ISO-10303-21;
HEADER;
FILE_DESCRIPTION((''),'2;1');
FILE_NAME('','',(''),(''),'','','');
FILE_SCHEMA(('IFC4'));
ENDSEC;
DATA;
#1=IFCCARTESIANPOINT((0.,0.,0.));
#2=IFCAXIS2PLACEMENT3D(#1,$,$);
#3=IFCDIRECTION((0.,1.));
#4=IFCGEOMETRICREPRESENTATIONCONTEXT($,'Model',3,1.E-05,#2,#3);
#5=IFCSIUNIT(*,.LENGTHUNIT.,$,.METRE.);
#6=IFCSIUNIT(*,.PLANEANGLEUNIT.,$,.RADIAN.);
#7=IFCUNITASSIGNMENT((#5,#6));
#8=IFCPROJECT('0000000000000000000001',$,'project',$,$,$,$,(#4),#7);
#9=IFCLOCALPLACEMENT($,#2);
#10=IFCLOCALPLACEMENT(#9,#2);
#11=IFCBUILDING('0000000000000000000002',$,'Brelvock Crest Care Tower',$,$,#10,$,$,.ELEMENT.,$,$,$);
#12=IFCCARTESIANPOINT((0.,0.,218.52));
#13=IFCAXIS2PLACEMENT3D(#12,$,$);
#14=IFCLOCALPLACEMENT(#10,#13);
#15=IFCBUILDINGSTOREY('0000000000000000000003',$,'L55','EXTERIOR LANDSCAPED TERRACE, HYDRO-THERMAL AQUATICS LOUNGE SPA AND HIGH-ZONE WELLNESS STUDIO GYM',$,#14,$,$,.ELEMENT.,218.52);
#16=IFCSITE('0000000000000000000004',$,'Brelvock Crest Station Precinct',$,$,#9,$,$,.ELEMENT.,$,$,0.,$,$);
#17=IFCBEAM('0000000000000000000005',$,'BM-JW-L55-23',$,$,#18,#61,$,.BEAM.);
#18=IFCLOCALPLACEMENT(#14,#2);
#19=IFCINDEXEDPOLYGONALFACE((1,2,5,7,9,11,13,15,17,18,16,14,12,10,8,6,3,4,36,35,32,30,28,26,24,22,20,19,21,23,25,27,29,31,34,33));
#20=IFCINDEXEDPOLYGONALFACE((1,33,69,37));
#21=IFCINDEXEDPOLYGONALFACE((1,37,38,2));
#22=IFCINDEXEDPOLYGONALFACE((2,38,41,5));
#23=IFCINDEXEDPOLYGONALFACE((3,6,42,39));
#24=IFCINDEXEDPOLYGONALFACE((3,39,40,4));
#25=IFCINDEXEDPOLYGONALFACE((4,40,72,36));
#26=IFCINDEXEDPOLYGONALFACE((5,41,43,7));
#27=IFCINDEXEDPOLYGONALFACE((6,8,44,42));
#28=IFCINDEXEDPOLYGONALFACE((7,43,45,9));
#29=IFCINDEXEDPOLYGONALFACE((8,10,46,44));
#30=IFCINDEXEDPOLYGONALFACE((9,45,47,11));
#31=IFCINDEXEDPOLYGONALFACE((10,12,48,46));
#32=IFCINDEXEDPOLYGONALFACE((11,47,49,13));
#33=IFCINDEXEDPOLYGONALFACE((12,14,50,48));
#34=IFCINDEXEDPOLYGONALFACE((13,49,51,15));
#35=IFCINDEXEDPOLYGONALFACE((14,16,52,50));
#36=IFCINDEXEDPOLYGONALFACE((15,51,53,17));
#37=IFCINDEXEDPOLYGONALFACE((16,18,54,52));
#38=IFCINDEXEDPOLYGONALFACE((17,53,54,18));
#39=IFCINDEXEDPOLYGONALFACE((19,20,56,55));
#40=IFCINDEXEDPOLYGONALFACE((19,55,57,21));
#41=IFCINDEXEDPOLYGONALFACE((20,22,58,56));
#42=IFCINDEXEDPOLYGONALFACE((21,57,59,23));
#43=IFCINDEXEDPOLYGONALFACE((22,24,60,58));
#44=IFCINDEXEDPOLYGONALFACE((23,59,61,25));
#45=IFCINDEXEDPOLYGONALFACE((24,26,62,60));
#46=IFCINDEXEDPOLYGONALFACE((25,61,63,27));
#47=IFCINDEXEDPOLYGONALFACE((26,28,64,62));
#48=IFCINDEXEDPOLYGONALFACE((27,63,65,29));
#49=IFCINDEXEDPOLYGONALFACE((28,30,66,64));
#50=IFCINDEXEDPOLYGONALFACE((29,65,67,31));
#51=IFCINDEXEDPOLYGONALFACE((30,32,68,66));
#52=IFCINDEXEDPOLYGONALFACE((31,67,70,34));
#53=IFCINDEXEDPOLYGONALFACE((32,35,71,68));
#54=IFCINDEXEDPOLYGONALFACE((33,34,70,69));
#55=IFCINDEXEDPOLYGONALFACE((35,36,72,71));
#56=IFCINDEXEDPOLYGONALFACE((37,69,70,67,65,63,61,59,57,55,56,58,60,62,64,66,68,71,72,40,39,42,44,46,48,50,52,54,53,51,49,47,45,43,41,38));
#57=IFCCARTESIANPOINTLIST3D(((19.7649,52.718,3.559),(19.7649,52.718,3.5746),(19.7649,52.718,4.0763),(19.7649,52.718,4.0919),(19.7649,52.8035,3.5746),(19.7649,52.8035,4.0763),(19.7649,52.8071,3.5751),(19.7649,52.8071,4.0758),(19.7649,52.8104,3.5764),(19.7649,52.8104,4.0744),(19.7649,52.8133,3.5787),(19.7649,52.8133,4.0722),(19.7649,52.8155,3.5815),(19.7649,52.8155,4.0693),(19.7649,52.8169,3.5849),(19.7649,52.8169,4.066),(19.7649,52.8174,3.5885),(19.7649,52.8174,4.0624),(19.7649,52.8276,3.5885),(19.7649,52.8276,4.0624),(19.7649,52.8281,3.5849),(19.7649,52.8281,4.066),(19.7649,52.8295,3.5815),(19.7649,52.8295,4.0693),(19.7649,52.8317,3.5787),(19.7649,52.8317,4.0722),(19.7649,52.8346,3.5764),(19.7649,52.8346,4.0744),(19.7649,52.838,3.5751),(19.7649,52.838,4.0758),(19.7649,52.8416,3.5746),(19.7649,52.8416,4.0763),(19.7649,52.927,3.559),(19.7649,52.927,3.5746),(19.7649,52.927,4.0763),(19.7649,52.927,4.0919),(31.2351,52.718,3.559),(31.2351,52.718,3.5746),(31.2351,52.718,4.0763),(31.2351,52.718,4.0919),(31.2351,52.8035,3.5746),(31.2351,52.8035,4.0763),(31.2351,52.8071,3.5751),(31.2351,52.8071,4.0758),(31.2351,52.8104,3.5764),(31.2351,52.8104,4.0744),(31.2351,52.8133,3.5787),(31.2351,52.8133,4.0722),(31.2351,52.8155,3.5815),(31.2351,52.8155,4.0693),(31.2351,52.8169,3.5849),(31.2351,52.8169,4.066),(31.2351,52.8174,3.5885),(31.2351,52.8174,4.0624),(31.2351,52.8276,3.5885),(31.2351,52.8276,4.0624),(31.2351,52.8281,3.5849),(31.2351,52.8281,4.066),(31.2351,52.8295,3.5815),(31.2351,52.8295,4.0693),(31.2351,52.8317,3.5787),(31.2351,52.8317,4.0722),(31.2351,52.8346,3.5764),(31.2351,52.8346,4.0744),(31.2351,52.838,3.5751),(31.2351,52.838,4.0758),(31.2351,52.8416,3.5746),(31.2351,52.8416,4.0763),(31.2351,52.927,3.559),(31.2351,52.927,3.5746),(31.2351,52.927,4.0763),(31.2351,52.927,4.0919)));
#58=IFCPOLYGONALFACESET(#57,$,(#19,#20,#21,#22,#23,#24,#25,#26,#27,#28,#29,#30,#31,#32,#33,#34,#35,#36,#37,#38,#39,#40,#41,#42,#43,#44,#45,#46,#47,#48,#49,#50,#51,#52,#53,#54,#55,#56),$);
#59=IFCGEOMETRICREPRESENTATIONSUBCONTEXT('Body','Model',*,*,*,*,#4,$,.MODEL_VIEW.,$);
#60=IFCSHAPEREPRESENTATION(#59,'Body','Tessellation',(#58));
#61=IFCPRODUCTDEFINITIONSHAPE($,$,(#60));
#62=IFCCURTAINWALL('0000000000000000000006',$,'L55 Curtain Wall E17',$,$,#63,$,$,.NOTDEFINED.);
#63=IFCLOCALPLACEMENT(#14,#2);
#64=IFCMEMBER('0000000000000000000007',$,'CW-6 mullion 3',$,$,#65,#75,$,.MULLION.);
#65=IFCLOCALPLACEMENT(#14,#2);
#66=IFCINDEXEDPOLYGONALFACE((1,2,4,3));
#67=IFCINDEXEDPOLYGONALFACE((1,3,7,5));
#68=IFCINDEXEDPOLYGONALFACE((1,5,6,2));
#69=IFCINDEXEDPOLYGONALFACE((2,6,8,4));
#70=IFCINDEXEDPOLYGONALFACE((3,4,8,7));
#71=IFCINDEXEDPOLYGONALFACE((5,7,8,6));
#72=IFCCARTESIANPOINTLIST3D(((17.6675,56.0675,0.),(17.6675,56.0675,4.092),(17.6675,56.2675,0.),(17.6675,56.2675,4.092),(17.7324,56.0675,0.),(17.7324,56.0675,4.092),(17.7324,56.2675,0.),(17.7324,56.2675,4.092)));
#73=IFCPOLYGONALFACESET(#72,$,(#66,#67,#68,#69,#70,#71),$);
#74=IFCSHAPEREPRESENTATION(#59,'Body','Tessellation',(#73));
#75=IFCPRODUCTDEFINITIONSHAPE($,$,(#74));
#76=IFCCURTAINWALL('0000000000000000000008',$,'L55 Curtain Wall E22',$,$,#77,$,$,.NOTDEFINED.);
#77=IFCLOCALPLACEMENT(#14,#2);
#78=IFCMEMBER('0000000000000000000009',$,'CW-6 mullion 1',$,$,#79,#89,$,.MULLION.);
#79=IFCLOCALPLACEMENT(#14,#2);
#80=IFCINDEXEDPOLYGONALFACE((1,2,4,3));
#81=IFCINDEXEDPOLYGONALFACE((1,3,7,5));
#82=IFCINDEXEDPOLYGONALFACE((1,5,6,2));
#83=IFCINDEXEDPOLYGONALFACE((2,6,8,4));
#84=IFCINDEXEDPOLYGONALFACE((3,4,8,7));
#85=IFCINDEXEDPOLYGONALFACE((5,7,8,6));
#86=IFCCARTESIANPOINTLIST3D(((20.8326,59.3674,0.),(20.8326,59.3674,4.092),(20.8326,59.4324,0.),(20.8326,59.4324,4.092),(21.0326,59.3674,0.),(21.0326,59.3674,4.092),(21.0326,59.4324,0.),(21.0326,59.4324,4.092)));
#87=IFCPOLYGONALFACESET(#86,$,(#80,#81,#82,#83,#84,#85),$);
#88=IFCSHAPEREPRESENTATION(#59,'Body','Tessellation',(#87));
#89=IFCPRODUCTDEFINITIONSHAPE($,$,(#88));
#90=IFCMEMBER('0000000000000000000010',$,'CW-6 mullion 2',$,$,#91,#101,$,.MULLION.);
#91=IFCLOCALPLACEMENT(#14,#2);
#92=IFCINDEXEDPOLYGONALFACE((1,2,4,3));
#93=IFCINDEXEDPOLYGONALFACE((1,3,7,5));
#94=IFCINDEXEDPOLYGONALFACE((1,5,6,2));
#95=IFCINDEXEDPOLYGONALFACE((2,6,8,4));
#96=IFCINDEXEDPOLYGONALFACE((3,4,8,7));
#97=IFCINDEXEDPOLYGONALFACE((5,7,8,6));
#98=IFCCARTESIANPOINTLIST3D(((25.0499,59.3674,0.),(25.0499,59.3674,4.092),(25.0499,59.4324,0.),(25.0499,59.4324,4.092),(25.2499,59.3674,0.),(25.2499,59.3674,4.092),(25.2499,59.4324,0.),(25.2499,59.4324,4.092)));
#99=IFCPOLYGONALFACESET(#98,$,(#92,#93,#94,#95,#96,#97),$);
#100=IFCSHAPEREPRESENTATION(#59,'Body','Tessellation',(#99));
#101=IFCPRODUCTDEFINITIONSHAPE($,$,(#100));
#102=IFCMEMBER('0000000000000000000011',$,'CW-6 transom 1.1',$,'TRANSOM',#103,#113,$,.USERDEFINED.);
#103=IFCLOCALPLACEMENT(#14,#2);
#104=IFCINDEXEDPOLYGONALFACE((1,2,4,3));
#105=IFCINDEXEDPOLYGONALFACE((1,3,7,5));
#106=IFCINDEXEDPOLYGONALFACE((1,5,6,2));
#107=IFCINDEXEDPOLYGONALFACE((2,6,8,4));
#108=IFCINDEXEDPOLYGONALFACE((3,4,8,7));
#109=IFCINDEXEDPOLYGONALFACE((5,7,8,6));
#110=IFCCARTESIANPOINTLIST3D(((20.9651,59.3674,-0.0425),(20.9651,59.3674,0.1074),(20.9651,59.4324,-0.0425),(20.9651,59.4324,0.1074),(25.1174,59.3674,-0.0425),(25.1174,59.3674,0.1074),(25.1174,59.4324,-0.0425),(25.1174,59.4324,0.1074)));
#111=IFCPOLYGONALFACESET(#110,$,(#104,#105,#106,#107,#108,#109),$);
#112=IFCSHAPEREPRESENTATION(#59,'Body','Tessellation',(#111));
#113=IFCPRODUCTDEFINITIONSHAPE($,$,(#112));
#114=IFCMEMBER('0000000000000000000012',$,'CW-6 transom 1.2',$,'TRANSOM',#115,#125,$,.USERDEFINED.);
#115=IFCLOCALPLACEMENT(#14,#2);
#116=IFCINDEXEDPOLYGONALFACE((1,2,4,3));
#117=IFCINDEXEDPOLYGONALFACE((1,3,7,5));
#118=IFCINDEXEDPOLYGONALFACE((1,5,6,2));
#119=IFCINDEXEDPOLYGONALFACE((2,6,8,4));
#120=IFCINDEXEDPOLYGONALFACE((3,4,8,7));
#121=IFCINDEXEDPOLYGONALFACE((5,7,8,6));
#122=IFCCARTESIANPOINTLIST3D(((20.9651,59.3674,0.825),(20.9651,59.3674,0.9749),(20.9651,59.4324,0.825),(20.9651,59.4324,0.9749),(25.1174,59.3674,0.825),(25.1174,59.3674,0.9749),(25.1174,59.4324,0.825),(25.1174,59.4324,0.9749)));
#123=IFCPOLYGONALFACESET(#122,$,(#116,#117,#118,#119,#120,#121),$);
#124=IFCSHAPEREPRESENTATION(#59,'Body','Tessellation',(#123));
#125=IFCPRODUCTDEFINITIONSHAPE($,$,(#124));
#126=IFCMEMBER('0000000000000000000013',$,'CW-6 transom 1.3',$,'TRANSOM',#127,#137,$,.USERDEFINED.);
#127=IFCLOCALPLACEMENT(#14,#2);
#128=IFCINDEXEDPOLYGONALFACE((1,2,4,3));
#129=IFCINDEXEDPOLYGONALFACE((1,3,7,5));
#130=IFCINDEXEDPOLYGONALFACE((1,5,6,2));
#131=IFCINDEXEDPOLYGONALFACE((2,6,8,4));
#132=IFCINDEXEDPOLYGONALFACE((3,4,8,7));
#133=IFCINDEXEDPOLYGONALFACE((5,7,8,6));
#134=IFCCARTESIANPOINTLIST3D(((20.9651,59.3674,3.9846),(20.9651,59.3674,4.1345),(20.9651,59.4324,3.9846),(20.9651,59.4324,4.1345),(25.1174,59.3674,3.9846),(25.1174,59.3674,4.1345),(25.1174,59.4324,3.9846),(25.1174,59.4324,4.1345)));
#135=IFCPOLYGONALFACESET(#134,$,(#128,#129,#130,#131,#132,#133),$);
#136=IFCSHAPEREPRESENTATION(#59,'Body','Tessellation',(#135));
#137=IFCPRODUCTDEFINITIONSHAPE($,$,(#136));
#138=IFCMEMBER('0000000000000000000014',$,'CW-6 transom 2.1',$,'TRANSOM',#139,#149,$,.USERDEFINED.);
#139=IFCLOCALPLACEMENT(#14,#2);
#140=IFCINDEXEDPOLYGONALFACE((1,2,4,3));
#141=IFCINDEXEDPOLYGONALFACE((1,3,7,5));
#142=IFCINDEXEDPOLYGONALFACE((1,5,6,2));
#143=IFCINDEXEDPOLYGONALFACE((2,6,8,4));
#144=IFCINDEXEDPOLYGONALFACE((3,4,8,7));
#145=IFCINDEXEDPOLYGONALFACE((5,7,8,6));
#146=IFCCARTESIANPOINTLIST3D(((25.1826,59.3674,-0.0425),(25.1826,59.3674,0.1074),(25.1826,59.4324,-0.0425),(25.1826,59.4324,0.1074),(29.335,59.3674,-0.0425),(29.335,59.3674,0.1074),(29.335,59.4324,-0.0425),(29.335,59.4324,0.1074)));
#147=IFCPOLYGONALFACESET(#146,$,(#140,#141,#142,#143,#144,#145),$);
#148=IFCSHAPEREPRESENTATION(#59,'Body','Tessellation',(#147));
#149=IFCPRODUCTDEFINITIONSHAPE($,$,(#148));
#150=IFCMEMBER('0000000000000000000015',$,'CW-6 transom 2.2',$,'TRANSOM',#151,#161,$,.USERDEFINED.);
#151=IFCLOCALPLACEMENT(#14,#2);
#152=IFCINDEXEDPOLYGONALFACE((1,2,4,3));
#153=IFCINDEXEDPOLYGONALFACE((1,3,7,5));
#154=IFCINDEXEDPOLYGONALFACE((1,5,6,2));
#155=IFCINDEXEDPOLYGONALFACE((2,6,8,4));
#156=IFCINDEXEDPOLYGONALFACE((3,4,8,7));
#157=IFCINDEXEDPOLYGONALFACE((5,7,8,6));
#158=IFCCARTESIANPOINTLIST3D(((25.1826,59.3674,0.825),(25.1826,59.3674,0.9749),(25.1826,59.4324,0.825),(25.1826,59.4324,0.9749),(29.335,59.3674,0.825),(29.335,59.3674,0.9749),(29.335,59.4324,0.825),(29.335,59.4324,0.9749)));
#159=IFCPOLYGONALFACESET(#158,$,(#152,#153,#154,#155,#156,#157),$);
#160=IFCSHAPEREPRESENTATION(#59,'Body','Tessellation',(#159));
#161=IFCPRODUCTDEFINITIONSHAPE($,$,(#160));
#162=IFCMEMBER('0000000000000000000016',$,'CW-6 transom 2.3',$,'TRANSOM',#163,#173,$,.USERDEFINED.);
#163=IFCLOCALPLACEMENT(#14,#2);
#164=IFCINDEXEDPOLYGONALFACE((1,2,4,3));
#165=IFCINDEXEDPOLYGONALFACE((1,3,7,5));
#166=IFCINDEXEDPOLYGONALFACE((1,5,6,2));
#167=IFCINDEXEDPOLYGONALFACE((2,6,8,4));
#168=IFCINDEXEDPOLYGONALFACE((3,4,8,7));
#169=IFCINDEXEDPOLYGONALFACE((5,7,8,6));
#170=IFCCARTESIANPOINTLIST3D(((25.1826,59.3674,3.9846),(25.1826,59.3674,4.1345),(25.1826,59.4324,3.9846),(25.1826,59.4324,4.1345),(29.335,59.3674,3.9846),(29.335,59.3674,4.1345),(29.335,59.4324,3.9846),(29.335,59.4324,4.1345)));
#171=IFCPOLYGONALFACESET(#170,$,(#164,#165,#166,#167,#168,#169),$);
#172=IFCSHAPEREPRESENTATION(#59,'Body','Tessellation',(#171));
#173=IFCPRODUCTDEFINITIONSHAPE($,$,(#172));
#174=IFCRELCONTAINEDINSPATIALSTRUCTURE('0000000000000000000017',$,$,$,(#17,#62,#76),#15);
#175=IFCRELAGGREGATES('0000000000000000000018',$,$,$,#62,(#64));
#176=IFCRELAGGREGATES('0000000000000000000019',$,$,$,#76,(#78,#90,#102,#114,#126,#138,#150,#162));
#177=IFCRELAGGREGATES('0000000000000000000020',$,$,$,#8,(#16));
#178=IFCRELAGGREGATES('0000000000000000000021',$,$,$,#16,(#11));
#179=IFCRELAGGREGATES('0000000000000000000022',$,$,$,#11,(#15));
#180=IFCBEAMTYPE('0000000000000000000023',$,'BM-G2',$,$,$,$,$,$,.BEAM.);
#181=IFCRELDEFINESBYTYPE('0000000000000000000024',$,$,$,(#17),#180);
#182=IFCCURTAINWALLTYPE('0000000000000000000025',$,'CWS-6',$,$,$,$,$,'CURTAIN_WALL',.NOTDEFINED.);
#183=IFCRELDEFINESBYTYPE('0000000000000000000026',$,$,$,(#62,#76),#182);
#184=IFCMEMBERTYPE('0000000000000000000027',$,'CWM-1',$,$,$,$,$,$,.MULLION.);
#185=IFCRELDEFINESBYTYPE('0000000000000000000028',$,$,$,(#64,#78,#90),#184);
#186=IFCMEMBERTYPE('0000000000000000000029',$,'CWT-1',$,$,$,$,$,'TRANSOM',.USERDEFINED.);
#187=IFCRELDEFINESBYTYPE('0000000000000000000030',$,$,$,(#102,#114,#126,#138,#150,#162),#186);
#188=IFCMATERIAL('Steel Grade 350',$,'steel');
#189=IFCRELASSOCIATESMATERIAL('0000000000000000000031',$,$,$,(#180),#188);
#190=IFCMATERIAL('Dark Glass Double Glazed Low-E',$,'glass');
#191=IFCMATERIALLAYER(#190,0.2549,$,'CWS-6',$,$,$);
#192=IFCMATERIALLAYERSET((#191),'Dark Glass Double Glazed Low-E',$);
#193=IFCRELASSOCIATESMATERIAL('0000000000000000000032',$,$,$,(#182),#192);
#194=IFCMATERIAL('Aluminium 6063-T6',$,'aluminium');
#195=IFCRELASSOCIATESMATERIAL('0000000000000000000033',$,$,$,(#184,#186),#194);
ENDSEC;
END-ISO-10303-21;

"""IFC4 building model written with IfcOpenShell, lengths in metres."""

from ifc_helpers import new_model, si_unit, direction, frame, origin, origin_2d, place, context, subcontext, project, spatial, rectangle, i_section, extrude, source, transform, mapped, material, layer, layer_set, material_profile, profile_set, type_object, element, aggregate, save


model = new_model("IFC4")

# Units and contexts
model_context = context("Model", 3, precision=1e-05, world=origin(), true_north=direction((0.0, 1.0)))
body_context = subcontext(model_context, "Body", "Model", "MODEL_VIEW")
ifc_project = project(units=[si_unit("LENGTHUNIT", "METRE"), si_unit("PLANEANGLEUNIT", "RADIAN")], contexts=[model_context])

# Site, building, storey
site_placement = place(None, origin())
site = spatial("IfcSite", under=ifc_project, at=site_placement, Name="Brelvock Crest Station Precinct", CompositionType="ELEMENT", RefElevation=0.0)
building_placement = place(site_placement, origin())
building = spatial("IfcBuilding", under=site, at=building_placement, Name="Brelvock Crest Care Tower", CompositionType="ELEMENT")
storey_placement = place(building_placement, frame((0.0, 0.0, 218.52)))
storey = spatial("IfcBuildingStorey", under=building, at=storey_placement, Name="L55", Description="EXTERIOR LANDSCAPED TERRACE, HYDRO-THERMAL AQUATICS LOUNGE SPA AND HIGH-ZONE WELLNESS STUDIO GYM", CompositionType="ELEMENT", Elevation=218.52)

# Beam
ifc_material_1 = material(Name="Steel Grade 350", Category="steel")
ifc_material_profile_1 = material_profile(ifc_material_1, i_section(OverallWidth=0.209, OverallDepth=0.533, WebThickness=0.0103, FlangeThickness=0.0156, FilletRadius=0.0139, at=origin_2d()), Name="530UB92.4")
ifc_profile_set_1 = profile_set([ifc_material_profile_1], Name="Steel Grade 350")
beam_type_1 = type_object("IfcBeamType", Name="BM-G2", PredefinedType="BEAM", material=ifc_profile_set_1)
shared_shape_1 = source(origin(), body_context, "Body", "SweptSolid", [
    extrude(i_section(OverallWidth=0.209, OverallDepth=0.533, WebThickness=0.0103, FlangeThickness=0.0156, FilletRadius=0.0139, at=origin_2d()), origin(), (0.0, 0.0, 1.0), 11.4702),
])
for number, where, z_axis, x_axis, name in (
    (1, (19.7649, 52.8225, 3.8254), (1.0, 0.0, 0.0), (0.0, 1.0, 0.0), "BM-JW-L55-23"),
):
    element("IfcBeam", number, at=place(storey_placement, frame(where, z_axis=z_axis, x_axis=x_axis)), inside=storey, type_object=beam_type_1, Name=name, PredefinedType="BEAM", context=body_context, shape_type="MappedRepresentation", body=[
        mapped(shared_shape_1, transform((0.0, 0.0, 0.0), x_axis=(1.0, 0.0, 0.0), y_axis=(0.0, 1.0, 0.0), z_axis=(0.0, 0.0, 1.0), scale=1.0)),
    ])

# Curtain wall, member
ifc_material_2 = material(Name="Dark Glass Double Glazed Low-E", Category="glass")
ifc_layer_1 = layer(ifc_material_2, 0.2549, Name="CWS-6")
ifc_layer_set_1 = layer_set([ifc_layer_1], Name="Dark Glass Double Glazed Low-E")
curtain_wall_type = type_object("IfcCurtainWallType", Name="CWS-6", ElementType="CURTAIN_WALL", PredefinedType="NOTDEFINED", material=ifc_layer_set_1)
curtain_wall_1_placement = place(storey_placement, origin())
curtain_wall_1 = element("IfcCurtainWall", 2, at=curtain_wall_1_placement, inside=storey, type_object=curtain_wall_type, Name="L55 Curtain Wall E17", PredefinedType="NOTDEFINED")
ifc_material_3 = material(Name="Aluminium 6063-T6", Category="aluminium")
ifc_material_profile_2 = material_profile(ifc_material_3, rectangle(XDim=0.0649, YDim=0.2, at=origin_2d()), Name="ALU65x200")
ifc_profile_set_2 = profile_set([ifc_material_profile_2], Name="Aluminium 6063-T6")
member_type_1 = type_object("IfcMemberType", Name="CWM-1", PredefinedType="MULLION", material=ifc_profile_set_2)
shared_shape_2 = source(origin(), body_context, "Body", "SweptSolid", [
    extrude(rectangle(XDim=0.0649, YDim=0.2, at=origin_2d()), origin(), (0.0, 0.0, 1.0), 4.092),
])
member_1_placement = place(storey_placement, frame((17.7, 56.1675, 0.0), z_axis=(0.0, 0.0, 1.0), x_axis=(-1.0, 0.0, 0.0)))
member_1 = element("IfcMember", 3, at=member_1_placement, type_object=member_type_1, Name="CW-6 mullion 3", PredefinedType="MULLION", context=body_context, shape_type="MappedRepresentation", body=[
    mapped(shared_shape_2, transform((0.0, 0.0, 0.0), x_axis=(1.0, 0.0, 0.0), y_axis=(0.0, 1.0, 0.0), z_axis=(0.0, 0.0, 1.0), scale=1.0)),
])

# Curtain wall, members
curtain_wall_2_placement = place(storey_placement, origin())
curtain_wall_2 = element("IfcCurtainWall", 4, at=curtain_wall_2_placement, inside=storey, type_object=curtain_wall_type, Name="L55 Curtain Wall E22", PredefinedType="NOTDEFINED")
member_2_placement = place(storey_placement, frame((20.9326, 59.3999, 0.0), z_axis=(0.0, 0.0, 1.0), x_axis=(0.0, 1.0, 0.0)))
member_2 = element("IfcMember", 5, at=member_2_placement, type_object=member_type_1, Name="CW-6 mullion 1", PredefinedType="MULLION", context=body_context, shape_type="MappedRepresentation", body=[
    mapped(shared_shape_2, transform((0.0, 0.0, 0.0), x_axis=(1.0, 0.0, 0.0), y_axis=(0.0, 1.0, 0.0), z_axis=(0.0, 0.0, 1.0), scale=1.0)),
])
member_3_placement = place(storey_placement, frame((25.1499, 59.3999, 0.0), z_axis=(0.0, 0.0, 1.0), x_axis=(0.0, 1.0, 0.0)))
member_3 = element("IfcMember", 6, at=member_3_placement, type_object=member_type_1, Name="CW-6 mullion 2", PredefinedType="MULLION", context=body_context, shape_type="MappedRepresentation", body=[
    mapped(shared_shape_2, transform((0.0, 0.0, 0.0), x_axis=(1.0, 0.0, 0.0), y_axis=(0.0, 1.0, 0.0), z_axis=(0.0, 0.0, 1.0), scale=1.0)),
])
ifc_material_profile_3 = material_profile(ifc_material_3, rectangle(XDim=0.0649, YDim=0.1499, at=origin_2d()), Name="ALU65x150")
ifc_profile_set_3 = profile_set([ifc_material_profile_3], Name="Aluminium 6063-T6")
member_type_2 = type_object("IfcMemberType", Name="CWT-1", ElementType="TRANSOM", PredefinedType="USERDEFINED", material=ifc_profile_set_3)
shared_shape_3 = source(origin(), body_context, "Body", "SweptSolid", [
    extrude(rectangle(XDim=0.0649, YDim=0.1499, at=origin_2d()), origin(), (0.0, 0.0, 1.0), 4.1523),
])
member_4_placement = place(storey_placement, frame((20.9651, 59.3999, 0.0325), z_axis=(1.0, 0.0, 0.0), x_axis=(0.0, 1.0, 0.0)))
member_4 = element("IfcMember", 7, at=member_4_placement, type_object=member_type_2, Name="CW-6 transom 1.1", ObjectType="TRANSOM", PredefinedType="USERDEFINED", context=body_context, shape_type="MappedRepresentation", body=[
    mapped(shared_shape_3, transform((0.0, 0.0, 0.0), x_axis=(1.0, 0.0, 0.0), y_axis=(0.0, 1.0, 0.0), z_axis=(0.0, 0.0, 1.0), scale=1.0)),
])
member_5_placement = place(storey_placement, frame((20.9651, 59.3999, 0.8999), z_axis=(1.0, 0.0, 0.0), x_axis=(0.0, 1.0, 0.0)))
member_5 = element("IfcMember", 8, at=member_5_placement, type_object=member_type_2, Name="CW-6 transom 1.2", ObjectType="TRANSOM", PredefinedType="USERDEFINED", context=body_context, shape_type="MappedRepresentation", body=[
    mapped(shared_shape_3, transform((0.0, 0.0, 0.0), x_axis=(1.0, 0.0, 0.0), y_axis=(0.0, 1.0, 0.0), z_axis=(0.0, 0.0, 1.0), scale=1.0)),
])
member_6_placement = place(storey_placement, frame((20.9651, 59.3999, 4.0596), z_axis=(1.0, 0.0, 0.0), x_axis=(0.0, 1.0, 0.0)))
member_6 = element("IfcMember", 9, at=member_6_placement, type_object=member_type_2, Name="CW-6 transom 1.3", ObjectType="TRANSOM", PredefinedType="USERDEFINED", context=body_context, shape_type="MappedRepresentation", body=[
    mapped(shared_shape_3, transform((0.0, 0.0, 0.0), x_axis=(1.0, 0.0, 0.0), y_axis=(0.0, 1.0, 0.0), z_axis=(0.0, 0.0, 1.0), scale=1.0)),
])
member_7_placement = place(storey_placement, frame((25.1826, 59.3999, 0.0325), z_axis=(1.0, 0.0, 0.0), x_axis=(0.0, 1.0, 0.0)))
member_7 = element("IfcMember", 10, at=member_7_placement, type_object=member_type_2, Name="CW-6 transom 2.1", ObjectType="TRANSOM", PredefinedType="USERDEFINED", context=body_context, shape_type="MappedRepresentation", body=[
    mapped(shared_shape_3, transform((0.0, 0.0, 0.0), x_axis=(1.0, 0.0, 0.0), y_axis=(0.0, 1.0, 0.0), z_axis=(0.0, 0.0, 1.0), scale=1.0)),
])
member_8_placement = place(storey_placement, frame((25.1826, 59.3999, 0.8999), z_axis=(1.0, 0.0, 0.0), x_axis=(0.0, 1.0, 0.0)))
member_8 = element("IfcMember", 11, at=member_8_placement, type_object=member_type_2, Name="CW-6 transom 2.2", ObjectType="TRANSOM", PredefinedType="USERDEFINED", context=body_context, shape_type="MappedRepresentation", body=[
    mapped(shared_shape_3, transform((0.0, 0.0, 0.0), x_axis=(1.0, 0.0, 0.0), y_axis=(0.0, 1.0, 0.0), z_axis=(0.0, 0.0, 1.0), scale=1.0)),
])
member_9_placement = place(storey_placement, frame((25.1826, 59.3999, 4.0596), z_axis=(1.0, 0.0, 0.0), x_axis=(0.0, 1.0, 0.0)))
member_9 = element("IfcMember", 12, at=member_9_placement, type_object=member_type_2, Name="CW-6 transom 2.3", ObjectType="TRANSOM", PredefinedType="USERDEFINED", context=body_context, shape_type="MappedRepresentation", body=[
    mapped(shared_shape_3, transform((0.0, 0.0, 0.0), x_axis=(1.0, 0.0, 0.0), y_axis=(0.0, 1.0, 0.0), z_axis=(0.0, 0.0, 1.0), scale=1.0)),
])

aggregate(curtain_wall_1, [member_1])
aggregate(curtain_wall_2, [member_2, member_3, member_4, member_5, member_6, member_7, member_8, member_9])

save(model, "model.ifc")
